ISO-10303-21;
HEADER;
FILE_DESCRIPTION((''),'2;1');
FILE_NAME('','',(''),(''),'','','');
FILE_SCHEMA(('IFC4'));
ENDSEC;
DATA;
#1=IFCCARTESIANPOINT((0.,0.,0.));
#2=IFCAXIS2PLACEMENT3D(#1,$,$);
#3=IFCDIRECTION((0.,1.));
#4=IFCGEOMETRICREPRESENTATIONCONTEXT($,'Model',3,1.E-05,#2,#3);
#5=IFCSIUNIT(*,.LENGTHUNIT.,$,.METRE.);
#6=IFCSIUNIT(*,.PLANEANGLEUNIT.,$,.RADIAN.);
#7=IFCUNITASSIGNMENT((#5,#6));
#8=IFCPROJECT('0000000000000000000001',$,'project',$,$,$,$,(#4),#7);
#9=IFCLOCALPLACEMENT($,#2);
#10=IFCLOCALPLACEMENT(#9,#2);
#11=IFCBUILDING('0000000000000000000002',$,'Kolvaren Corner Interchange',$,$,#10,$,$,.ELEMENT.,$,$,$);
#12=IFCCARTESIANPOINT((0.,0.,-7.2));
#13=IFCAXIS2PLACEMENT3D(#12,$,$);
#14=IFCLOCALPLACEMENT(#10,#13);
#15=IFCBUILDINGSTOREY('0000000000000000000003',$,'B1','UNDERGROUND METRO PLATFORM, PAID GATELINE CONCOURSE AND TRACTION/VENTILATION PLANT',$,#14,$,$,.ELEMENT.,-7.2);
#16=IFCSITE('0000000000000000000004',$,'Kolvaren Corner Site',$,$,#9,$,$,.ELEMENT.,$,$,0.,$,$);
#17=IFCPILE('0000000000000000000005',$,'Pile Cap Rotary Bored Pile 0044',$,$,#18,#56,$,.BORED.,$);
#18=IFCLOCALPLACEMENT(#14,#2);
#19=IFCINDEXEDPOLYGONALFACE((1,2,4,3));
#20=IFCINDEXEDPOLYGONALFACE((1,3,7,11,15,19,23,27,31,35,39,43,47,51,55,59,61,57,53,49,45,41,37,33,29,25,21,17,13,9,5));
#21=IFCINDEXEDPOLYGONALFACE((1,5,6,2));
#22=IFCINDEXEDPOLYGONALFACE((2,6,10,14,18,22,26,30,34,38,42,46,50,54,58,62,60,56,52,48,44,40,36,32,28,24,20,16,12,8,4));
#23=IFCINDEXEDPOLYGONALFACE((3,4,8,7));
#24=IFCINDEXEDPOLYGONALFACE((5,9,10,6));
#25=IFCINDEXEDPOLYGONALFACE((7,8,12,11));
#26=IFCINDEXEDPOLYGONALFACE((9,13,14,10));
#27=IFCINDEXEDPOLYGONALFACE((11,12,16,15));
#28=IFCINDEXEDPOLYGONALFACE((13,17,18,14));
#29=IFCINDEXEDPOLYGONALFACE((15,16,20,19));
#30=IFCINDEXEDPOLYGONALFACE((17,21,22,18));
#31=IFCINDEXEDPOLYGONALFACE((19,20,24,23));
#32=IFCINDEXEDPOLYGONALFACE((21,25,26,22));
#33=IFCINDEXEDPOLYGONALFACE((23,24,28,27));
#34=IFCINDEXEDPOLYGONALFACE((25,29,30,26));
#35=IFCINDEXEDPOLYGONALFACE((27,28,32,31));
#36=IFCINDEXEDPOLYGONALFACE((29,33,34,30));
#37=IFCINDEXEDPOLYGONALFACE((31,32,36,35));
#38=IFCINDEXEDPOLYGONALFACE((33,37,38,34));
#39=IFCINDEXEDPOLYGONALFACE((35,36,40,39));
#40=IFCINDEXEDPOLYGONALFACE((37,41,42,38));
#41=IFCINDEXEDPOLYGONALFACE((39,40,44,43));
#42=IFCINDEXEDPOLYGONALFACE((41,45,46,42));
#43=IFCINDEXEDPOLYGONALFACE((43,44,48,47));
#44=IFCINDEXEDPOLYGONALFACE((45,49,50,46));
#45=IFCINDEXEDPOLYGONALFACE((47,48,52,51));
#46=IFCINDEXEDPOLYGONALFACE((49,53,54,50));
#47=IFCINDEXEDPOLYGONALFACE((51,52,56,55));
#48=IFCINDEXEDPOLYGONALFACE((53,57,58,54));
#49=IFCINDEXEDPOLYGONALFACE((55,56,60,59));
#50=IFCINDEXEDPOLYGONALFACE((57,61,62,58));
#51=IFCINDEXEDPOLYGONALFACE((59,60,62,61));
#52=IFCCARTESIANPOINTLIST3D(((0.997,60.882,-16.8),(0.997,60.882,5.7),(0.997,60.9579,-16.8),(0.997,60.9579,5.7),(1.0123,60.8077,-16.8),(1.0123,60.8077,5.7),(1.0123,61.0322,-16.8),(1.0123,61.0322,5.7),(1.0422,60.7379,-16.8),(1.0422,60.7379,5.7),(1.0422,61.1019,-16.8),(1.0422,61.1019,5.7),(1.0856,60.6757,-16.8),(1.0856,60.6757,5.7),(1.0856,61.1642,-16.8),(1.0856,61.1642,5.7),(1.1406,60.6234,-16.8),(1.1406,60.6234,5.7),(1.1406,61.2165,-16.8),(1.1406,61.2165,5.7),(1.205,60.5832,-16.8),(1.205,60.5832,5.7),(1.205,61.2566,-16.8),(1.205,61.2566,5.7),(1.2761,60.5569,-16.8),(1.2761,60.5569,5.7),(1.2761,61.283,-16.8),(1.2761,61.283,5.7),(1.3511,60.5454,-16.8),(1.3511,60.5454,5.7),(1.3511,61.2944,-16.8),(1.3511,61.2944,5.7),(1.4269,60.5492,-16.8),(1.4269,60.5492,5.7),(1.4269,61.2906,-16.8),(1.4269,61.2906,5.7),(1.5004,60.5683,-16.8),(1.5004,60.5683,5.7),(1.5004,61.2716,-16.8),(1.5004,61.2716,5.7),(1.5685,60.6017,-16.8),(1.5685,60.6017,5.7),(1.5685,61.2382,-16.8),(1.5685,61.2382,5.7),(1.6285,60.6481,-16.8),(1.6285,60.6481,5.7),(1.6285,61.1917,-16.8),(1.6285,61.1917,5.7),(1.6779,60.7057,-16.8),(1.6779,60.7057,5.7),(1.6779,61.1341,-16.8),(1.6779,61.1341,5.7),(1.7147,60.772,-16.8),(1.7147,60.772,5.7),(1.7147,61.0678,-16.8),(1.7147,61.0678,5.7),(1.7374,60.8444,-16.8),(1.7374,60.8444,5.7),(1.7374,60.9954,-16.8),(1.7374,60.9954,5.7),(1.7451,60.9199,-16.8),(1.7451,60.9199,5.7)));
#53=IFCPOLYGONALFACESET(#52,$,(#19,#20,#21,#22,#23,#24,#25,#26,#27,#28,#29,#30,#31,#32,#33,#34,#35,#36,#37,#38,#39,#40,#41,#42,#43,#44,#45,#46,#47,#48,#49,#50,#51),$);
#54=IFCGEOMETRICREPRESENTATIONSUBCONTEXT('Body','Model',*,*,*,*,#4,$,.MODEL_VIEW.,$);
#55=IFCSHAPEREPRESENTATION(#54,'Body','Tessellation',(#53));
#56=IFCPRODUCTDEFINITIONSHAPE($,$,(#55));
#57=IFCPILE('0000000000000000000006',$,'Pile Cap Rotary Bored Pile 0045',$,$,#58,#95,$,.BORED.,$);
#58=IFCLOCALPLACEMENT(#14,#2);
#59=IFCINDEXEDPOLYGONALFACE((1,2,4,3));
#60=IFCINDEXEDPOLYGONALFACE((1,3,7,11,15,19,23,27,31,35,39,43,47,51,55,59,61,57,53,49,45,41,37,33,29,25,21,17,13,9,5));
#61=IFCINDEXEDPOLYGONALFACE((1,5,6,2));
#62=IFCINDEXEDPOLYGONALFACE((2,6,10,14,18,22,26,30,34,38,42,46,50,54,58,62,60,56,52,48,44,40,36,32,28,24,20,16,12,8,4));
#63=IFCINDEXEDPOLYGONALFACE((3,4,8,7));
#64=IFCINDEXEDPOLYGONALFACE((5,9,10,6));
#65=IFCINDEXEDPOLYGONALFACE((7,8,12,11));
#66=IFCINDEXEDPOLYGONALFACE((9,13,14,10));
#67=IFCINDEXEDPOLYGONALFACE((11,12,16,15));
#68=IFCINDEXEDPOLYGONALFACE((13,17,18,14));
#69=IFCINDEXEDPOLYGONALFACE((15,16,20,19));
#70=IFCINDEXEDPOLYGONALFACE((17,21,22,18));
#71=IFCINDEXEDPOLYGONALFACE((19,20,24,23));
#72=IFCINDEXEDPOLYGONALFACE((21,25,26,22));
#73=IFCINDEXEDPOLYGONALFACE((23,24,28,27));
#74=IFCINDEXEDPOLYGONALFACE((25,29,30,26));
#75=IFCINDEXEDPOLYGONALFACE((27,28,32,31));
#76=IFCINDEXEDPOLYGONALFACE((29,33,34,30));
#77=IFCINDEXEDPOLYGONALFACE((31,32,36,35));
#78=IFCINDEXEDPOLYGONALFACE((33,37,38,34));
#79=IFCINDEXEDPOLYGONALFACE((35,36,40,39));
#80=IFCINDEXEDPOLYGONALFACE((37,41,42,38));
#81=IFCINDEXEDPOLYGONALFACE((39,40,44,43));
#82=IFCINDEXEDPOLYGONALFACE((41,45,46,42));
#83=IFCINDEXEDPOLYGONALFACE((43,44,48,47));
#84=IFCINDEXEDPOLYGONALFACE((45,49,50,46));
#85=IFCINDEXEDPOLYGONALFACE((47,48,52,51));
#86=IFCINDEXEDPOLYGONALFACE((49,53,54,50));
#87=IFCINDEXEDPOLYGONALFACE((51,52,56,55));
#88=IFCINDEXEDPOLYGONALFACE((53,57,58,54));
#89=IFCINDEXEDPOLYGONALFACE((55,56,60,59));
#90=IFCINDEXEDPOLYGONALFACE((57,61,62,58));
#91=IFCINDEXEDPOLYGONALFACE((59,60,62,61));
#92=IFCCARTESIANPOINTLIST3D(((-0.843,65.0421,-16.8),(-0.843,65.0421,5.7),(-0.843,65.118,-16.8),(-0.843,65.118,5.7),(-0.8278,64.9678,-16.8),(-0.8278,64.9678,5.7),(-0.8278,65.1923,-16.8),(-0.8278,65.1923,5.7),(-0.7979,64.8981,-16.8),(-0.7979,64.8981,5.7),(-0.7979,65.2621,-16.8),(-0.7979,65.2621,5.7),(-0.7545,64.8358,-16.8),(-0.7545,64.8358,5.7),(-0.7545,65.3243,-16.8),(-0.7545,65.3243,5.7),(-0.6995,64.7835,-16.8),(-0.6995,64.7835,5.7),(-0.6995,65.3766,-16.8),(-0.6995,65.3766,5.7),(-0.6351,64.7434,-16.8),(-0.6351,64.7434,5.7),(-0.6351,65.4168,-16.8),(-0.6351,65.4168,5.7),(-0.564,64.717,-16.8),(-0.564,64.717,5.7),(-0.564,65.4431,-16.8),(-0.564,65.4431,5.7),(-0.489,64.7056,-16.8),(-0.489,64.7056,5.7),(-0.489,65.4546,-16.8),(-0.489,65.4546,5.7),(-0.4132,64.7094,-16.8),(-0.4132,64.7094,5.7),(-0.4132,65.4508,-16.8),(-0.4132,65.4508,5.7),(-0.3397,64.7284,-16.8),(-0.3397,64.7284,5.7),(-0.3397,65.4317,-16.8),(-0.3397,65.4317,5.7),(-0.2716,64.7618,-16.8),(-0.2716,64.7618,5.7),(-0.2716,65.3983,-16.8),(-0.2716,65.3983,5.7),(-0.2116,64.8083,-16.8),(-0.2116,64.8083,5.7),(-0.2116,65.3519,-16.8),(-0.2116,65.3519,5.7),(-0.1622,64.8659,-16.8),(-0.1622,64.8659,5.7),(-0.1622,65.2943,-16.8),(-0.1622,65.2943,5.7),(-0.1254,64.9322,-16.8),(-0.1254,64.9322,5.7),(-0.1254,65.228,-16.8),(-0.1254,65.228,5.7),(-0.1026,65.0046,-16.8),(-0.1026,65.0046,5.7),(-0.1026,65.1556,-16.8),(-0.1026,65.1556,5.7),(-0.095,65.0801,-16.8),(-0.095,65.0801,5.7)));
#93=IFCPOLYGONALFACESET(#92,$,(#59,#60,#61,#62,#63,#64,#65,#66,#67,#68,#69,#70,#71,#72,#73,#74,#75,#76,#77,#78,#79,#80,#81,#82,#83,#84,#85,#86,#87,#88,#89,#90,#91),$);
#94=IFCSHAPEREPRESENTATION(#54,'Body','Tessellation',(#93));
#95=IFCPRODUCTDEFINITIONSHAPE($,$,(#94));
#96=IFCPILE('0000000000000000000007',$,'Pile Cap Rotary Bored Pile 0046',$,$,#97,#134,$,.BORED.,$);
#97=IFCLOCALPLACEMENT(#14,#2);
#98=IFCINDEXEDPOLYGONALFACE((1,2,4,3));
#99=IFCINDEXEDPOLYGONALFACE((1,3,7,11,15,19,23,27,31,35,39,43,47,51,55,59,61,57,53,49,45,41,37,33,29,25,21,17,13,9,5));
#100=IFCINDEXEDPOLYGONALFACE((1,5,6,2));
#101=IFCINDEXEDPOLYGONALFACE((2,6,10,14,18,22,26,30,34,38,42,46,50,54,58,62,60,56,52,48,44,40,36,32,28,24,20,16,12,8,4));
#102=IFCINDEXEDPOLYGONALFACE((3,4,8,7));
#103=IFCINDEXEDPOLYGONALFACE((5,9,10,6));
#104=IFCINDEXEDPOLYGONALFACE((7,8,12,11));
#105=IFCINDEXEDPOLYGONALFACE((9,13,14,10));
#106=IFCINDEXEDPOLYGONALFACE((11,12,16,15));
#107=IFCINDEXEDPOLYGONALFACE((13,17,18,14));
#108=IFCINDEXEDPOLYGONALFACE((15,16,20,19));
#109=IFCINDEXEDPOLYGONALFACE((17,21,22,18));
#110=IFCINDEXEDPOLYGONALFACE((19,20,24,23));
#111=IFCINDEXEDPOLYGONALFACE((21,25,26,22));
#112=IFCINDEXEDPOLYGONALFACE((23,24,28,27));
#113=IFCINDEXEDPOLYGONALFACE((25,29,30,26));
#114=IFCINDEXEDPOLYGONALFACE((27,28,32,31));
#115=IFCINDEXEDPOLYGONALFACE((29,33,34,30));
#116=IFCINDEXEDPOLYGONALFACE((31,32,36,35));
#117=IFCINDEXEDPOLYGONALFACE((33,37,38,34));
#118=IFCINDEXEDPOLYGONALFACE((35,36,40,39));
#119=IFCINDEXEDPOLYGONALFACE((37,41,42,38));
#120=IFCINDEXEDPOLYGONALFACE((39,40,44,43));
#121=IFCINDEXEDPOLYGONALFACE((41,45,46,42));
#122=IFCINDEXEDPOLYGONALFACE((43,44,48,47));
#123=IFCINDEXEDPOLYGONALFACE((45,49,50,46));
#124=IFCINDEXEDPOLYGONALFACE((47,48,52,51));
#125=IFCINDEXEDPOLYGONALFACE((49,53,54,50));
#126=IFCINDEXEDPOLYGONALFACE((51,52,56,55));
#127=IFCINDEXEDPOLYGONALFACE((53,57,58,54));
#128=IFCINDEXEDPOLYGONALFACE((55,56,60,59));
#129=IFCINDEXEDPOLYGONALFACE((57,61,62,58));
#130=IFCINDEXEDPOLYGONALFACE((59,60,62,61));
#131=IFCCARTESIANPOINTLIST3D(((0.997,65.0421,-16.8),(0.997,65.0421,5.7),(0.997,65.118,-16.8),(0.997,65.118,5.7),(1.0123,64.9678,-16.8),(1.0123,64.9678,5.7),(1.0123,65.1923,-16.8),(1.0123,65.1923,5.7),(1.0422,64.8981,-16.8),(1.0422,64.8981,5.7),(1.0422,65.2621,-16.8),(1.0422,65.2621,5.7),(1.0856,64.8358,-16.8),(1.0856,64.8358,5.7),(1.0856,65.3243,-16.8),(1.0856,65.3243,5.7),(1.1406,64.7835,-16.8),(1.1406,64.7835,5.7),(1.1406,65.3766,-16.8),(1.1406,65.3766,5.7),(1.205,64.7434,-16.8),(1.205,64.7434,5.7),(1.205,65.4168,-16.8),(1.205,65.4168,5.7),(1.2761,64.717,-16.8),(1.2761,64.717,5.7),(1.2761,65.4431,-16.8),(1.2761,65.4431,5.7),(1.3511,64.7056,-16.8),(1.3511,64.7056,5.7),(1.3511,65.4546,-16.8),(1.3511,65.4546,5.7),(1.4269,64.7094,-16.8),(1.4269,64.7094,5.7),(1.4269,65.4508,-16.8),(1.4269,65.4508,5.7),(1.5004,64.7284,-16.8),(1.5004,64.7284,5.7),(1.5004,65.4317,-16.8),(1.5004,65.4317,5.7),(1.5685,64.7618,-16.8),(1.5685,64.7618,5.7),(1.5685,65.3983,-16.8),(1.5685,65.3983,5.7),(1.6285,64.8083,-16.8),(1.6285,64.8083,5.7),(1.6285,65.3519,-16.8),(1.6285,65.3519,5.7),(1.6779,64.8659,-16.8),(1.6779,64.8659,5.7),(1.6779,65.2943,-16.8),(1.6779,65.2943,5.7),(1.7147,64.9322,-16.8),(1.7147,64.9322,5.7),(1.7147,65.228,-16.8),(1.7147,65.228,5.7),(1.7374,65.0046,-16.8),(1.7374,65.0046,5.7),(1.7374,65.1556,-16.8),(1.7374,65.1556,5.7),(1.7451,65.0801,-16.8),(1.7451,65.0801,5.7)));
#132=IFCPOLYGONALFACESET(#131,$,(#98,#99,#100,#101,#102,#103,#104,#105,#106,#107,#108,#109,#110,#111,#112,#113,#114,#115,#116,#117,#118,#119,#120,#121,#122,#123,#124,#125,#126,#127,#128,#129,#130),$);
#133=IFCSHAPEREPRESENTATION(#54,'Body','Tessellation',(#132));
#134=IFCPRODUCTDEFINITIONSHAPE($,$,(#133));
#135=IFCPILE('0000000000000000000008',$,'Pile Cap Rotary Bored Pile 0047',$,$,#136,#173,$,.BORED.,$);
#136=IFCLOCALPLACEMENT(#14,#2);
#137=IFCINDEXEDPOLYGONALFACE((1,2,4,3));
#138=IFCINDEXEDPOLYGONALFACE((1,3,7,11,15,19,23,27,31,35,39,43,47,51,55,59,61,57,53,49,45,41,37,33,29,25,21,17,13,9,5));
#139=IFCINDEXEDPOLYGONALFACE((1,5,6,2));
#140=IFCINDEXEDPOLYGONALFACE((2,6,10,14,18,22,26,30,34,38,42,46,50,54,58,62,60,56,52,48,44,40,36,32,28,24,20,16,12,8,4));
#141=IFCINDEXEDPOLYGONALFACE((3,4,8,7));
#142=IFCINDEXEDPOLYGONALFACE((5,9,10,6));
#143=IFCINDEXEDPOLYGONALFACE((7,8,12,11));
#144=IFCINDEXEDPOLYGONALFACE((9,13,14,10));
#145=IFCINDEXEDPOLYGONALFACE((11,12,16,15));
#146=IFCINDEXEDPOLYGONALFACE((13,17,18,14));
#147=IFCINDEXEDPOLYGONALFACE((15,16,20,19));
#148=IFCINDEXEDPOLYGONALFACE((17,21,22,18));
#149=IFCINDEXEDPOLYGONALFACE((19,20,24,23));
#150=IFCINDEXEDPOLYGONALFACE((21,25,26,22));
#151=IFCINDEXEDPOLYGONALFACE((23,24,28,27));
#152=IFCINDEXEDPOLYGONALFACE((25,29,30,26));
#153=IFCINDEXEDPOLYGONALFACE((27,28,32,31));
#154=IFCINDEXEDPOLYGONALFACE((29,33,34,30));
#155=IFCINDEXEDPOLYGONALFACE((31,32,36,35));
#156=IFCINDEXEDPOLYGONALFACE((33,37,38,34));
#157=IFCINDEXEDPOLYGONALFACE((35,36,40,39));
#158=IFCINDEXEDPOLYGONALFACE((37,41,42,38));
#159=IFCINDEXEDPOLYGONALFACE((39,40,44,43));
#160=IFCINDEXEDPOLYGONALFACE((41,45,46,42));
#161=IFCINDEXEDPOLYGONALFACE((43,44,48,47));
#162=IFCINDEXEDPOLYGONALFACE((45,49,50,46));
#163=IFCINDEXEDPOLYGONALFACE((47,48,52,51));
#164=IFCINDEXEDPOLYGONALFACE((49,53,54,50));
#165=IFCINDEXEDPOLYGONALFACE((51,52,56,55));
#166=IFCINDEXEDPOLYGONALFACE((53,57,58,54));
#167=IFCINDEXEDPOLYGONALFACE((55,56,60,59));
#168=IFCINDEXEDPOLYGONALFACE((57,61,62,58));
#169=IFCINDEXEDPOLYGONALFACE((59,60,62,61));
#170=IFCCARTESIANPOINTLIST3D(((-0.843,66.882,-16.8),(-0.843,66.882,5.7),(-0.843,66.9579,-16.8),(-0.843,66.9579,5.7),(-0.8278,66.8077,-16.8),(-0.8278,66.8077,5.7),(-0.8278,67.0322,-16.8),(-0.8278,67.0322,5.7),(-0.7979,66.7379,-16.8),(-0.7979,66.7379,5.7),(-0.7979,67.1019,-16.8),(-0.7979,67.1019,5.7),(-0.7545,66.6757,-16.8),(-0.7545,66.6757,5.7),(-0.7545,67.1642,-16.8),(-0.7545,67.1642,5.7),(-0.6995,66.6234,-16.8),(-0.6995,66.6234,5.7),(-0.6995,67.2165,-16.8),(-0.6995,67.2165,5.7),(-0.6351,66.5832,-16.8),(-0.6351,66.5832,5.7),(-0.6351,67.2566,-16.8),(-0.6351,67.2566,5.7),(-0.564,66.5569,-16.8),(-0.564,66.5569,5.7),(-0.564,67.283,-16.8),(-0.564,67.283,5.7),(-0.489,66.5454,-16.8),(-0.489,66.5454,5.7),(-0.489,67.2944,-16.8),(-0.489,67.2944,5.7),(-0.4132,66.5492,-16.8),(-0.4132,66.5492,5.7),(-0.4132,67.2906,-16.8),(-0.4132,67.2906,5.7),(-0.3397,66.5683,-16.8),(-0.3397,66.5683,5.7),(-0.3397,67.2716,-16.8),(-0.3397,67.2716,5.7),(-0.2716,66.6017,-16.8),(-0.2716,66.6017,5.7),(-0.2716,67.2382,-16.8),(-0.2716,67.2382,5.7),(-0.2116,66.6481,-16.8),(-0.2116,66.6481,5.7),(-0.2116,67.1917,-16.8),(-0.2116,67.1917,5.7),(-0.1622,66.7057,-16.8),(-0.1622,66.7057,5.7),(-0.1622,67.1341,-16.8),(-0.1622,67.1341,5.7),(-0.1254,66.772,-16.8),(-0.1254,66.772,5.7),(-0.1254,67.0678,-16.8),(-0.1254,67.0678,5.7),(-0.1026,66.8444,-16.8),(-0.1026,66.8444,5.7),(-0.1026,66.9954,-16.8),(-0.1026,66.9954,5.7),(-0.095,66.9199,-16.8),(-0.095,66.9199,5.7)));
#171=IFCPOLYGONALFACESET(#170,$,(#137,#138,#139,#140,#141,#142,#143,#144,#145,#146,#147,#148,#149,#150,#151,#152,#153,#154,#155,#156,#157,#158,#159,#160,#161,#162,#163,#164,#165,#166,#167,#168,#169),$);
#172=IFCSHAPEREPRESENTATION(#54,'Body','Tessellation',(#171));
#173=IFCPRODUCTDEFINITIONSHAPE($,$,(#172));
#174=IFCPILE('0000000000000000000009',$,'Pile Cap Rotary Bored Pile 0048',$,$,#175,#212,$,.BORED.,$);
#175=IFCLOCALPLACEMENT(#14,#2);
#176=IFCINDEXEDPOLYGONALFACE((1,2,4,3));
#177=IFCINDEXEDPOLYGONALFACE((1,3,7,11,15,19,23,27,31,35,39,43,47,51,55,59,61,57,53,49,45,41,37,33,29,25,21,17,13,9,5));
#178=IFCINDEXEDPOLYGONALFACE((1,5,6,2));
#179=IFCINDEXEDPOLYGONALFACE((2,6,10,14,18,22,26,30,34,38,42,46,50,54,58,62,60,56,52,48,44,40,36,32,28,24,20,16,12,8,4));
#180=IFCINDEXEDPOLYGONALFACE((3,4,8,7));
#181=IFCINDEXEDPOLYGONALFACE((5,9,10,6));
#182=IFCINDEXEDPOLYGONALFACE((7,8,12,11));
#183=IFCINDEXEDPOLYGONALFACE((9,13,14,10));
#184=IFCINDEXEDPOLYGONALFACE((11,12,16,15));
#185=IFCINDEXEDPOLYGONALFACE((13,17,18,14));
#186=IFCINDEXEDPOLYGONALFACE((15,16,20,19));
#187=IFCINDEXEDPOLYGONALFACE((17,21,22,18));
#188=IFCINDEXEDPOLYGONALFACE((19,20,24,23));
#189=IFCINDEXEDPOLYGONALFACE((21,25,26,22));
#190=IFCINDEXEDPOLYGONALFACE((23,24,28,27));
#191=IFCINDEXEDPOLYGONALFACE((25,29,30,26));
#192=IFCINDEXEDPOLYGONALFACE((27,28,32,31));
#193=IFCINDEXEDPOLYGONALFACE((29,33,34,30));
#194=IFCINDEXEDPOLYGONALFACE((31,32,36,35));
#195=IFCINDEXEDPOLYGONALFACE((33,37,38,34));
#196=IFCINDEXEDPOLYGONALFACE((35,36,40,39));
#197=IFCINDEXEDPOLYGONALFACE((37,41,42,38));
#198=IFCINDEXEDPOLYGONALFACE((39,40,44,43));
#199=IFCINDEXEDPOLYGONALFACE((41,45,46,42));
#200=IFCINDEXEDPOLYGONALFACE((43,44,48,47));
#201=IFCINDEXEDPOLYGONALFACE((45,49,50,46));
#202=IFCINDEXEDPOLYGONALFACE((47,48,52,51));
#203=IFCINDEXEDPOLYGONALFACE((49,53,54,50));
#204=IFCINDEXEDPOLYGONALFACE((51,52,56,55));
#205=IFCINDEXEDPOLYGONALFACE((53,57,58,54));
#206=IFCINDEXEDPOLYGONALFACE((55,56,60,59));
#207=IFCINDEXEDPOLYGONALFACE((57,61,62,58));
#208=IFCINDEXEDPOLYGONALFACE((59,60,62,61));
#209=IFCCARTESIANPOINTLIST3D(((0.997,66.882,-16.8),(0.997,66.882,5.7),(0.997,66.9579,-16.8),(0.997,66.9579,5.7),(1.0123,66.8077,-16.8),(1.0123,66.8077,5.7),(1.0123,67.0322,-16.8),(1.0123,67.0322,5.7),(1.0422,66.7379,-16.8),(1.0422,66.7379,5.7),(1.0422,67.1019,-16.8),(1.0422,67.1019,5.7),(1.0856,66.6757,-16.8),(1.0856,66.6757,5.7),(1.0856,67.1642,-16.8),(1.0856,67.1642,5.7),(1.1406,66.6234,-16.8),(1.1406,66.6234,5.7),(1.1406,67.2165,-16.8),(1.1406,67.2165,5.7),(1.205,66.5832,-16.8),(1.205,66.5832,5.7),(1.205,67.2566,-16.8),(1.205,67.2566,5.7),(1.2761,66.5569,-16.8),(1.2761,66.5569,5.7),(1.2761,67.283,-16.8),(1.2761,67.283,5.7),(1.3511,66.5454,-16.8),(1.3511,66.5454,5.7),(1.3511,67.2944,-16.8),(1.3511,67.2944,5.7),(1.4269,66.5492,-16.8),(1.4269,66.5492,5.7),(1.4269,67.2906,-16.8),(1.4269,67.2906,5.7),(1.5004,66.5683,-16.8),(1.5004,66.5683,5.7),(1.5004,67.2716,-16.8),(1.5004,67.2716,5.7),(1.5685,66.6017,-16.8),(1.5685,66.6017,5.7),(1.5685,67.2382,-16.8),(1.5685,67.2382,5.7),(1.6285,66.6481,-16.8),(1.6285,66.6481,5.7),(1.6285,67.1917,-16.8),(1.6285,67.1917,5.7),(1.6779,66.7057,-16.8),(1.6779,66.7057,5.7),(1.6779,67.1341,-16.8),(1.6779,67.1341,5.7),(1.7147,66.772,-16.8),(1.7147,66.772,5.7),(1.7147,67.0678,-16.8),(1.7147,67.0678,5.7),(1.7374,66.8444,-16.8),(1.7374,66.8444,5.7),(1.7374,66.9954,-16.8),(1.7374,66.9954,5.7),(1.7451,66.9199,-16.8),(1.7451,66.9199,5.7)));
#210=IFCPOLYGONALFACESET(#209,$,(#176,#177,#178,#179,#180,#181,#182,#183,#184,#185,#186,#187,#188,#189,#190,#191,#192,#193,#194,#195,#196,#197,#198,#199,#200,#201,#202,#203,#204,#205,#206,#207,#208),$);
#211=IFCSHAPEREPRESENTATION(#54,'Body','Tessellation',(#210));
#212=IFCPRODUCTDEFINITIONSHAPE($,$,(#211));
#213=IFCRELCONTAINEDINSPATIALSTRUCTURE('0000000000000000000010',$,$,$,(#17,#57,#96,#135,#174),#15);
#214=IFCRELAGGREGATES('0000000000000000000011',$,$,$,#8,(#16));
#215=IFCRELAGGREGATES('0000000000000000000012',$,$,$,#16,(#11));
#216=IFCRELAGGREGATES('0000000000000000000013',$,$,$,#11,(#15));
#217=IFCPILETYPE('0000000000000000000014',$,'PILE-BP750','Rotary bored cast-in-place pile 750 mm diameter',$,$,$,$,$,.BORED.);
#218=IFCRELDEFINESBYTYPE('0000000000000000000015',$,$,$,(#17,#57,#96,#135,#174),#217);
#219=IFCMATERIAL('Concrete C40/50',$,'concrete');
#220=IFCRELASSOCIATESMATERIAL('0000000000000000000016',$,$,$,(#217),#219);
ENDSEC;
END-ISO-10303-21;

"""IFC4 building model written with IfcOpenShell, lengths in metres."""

from ifc_helpers import new_model, si_unit, direction, frame, origin, origin_2d, place, context, subcontext, project, spatial, circle, extrude, material, material_profile, profile_set, type_object, element, save


model = new_model("IFC4")

# Units and contexts
model_context = context("Model", 3, precision=1e-05, world=origin(), true_north=direction((0.0, 1.0)))
body_context = subcontext(model_context, "Body", "Model", "MODEL_VIEW")
ifc_project = project(units=[si_unit("LENGTHUNIT", "METRE"), si_unit("PLANEANGLEUNIT", "RADIAN")], contexts=[model_context])

# Site, building, storey
site_placement = place(None, origin())
site = spatial("IfcSite", under=ifc_project, at=site_placement, Name="Kolvaren Corner Site", CompositionType="ELEMENT", RefElevation=0.0)
building_placement = place(site_placement, origin())
building = spatial("IfcBuilding", under=site, at=building_placement, Name="Kolvaren Corner Interchange", CompositionType="ELEMENT")
storey_placement = place(building_placement, frame((0.0, 0.0, -7.2)))
storey = spatial("IfcBuildingStorey", under=building, at=storey_placement, Name="B1", Description="UNDERGROUND METRO PLATFORM, PAID GATELINE CONCOURSE AND TRACTION/VENTILATION PLANT", CompositionType="ELEMENT", Elevation=-7.2)

# Piles
ifc_material_1 = material(Name="Concrete C40/50", Category="concrete")
ifc_material_profile_1 = material_profile(ifc_material_1, circle(Radius=0.375, at=origin_2d()), Name="BORED PILE 750")
ifc_profile_set_1 = profile_set([ifc_material_profile_1], Name="Concrete C40/50")
pile_type_1 = type_object("IfcPileType", Name="PILE-BP750", Description="Rotary bored cast-in-place pile 750 mm diameter", PredefinedType="BORED", material=ifc_profile_set_1)
for number, where, z_axis, x_axis, name in (
    (1, (1.3701, 60.9199, 5.7), (0.0, 0.0, -1.0), (1.0, 0.0, 0.0), "Pile Cap Rotary Bored Pile 0044"),
    (2, (-0.47, 65.0801, 5.7), (0.0, 0.0, -1.0), (1.0, 0.0, 0.0), "Pile Cap Rotary Bored Pile 0045"),
    (3, (1.3701, 65.0801, 5.7), (0.0, 0.0, -1.0), (1.0, 0.0, 0.0), "Pile Cap Rotary Bored Pile 0046"),
    (4, (-0.47, 66.9199, 5.7), (0.0, 0.0, -1.0), (1.0, 0.0, 0.0), "Pile Cap Rotary Bored Pile 0047"),
    (5, (1.3701, 66.9199, 5.7), (0.0, 0.0, -1.0), (1.0, 0.0, 0.0), "Pile Cap Rotary Bored Pile 0048"),
):
    element("IfcPile", number, at=place(storey_placement, frame(where, z_axis=z_axis, x_axis=x_axis)), inside=storey, type_object=pile_type_1, Name=name, PredefinedType="BORED", context=body_context, shape_type="SweptSolid", body=[
        extrude(circle(Radius=0.375, at=origin_2d()), origin(), (0.0, 0.0, 1.0), 22.5),
    ])

save(model, "model.ifc")
